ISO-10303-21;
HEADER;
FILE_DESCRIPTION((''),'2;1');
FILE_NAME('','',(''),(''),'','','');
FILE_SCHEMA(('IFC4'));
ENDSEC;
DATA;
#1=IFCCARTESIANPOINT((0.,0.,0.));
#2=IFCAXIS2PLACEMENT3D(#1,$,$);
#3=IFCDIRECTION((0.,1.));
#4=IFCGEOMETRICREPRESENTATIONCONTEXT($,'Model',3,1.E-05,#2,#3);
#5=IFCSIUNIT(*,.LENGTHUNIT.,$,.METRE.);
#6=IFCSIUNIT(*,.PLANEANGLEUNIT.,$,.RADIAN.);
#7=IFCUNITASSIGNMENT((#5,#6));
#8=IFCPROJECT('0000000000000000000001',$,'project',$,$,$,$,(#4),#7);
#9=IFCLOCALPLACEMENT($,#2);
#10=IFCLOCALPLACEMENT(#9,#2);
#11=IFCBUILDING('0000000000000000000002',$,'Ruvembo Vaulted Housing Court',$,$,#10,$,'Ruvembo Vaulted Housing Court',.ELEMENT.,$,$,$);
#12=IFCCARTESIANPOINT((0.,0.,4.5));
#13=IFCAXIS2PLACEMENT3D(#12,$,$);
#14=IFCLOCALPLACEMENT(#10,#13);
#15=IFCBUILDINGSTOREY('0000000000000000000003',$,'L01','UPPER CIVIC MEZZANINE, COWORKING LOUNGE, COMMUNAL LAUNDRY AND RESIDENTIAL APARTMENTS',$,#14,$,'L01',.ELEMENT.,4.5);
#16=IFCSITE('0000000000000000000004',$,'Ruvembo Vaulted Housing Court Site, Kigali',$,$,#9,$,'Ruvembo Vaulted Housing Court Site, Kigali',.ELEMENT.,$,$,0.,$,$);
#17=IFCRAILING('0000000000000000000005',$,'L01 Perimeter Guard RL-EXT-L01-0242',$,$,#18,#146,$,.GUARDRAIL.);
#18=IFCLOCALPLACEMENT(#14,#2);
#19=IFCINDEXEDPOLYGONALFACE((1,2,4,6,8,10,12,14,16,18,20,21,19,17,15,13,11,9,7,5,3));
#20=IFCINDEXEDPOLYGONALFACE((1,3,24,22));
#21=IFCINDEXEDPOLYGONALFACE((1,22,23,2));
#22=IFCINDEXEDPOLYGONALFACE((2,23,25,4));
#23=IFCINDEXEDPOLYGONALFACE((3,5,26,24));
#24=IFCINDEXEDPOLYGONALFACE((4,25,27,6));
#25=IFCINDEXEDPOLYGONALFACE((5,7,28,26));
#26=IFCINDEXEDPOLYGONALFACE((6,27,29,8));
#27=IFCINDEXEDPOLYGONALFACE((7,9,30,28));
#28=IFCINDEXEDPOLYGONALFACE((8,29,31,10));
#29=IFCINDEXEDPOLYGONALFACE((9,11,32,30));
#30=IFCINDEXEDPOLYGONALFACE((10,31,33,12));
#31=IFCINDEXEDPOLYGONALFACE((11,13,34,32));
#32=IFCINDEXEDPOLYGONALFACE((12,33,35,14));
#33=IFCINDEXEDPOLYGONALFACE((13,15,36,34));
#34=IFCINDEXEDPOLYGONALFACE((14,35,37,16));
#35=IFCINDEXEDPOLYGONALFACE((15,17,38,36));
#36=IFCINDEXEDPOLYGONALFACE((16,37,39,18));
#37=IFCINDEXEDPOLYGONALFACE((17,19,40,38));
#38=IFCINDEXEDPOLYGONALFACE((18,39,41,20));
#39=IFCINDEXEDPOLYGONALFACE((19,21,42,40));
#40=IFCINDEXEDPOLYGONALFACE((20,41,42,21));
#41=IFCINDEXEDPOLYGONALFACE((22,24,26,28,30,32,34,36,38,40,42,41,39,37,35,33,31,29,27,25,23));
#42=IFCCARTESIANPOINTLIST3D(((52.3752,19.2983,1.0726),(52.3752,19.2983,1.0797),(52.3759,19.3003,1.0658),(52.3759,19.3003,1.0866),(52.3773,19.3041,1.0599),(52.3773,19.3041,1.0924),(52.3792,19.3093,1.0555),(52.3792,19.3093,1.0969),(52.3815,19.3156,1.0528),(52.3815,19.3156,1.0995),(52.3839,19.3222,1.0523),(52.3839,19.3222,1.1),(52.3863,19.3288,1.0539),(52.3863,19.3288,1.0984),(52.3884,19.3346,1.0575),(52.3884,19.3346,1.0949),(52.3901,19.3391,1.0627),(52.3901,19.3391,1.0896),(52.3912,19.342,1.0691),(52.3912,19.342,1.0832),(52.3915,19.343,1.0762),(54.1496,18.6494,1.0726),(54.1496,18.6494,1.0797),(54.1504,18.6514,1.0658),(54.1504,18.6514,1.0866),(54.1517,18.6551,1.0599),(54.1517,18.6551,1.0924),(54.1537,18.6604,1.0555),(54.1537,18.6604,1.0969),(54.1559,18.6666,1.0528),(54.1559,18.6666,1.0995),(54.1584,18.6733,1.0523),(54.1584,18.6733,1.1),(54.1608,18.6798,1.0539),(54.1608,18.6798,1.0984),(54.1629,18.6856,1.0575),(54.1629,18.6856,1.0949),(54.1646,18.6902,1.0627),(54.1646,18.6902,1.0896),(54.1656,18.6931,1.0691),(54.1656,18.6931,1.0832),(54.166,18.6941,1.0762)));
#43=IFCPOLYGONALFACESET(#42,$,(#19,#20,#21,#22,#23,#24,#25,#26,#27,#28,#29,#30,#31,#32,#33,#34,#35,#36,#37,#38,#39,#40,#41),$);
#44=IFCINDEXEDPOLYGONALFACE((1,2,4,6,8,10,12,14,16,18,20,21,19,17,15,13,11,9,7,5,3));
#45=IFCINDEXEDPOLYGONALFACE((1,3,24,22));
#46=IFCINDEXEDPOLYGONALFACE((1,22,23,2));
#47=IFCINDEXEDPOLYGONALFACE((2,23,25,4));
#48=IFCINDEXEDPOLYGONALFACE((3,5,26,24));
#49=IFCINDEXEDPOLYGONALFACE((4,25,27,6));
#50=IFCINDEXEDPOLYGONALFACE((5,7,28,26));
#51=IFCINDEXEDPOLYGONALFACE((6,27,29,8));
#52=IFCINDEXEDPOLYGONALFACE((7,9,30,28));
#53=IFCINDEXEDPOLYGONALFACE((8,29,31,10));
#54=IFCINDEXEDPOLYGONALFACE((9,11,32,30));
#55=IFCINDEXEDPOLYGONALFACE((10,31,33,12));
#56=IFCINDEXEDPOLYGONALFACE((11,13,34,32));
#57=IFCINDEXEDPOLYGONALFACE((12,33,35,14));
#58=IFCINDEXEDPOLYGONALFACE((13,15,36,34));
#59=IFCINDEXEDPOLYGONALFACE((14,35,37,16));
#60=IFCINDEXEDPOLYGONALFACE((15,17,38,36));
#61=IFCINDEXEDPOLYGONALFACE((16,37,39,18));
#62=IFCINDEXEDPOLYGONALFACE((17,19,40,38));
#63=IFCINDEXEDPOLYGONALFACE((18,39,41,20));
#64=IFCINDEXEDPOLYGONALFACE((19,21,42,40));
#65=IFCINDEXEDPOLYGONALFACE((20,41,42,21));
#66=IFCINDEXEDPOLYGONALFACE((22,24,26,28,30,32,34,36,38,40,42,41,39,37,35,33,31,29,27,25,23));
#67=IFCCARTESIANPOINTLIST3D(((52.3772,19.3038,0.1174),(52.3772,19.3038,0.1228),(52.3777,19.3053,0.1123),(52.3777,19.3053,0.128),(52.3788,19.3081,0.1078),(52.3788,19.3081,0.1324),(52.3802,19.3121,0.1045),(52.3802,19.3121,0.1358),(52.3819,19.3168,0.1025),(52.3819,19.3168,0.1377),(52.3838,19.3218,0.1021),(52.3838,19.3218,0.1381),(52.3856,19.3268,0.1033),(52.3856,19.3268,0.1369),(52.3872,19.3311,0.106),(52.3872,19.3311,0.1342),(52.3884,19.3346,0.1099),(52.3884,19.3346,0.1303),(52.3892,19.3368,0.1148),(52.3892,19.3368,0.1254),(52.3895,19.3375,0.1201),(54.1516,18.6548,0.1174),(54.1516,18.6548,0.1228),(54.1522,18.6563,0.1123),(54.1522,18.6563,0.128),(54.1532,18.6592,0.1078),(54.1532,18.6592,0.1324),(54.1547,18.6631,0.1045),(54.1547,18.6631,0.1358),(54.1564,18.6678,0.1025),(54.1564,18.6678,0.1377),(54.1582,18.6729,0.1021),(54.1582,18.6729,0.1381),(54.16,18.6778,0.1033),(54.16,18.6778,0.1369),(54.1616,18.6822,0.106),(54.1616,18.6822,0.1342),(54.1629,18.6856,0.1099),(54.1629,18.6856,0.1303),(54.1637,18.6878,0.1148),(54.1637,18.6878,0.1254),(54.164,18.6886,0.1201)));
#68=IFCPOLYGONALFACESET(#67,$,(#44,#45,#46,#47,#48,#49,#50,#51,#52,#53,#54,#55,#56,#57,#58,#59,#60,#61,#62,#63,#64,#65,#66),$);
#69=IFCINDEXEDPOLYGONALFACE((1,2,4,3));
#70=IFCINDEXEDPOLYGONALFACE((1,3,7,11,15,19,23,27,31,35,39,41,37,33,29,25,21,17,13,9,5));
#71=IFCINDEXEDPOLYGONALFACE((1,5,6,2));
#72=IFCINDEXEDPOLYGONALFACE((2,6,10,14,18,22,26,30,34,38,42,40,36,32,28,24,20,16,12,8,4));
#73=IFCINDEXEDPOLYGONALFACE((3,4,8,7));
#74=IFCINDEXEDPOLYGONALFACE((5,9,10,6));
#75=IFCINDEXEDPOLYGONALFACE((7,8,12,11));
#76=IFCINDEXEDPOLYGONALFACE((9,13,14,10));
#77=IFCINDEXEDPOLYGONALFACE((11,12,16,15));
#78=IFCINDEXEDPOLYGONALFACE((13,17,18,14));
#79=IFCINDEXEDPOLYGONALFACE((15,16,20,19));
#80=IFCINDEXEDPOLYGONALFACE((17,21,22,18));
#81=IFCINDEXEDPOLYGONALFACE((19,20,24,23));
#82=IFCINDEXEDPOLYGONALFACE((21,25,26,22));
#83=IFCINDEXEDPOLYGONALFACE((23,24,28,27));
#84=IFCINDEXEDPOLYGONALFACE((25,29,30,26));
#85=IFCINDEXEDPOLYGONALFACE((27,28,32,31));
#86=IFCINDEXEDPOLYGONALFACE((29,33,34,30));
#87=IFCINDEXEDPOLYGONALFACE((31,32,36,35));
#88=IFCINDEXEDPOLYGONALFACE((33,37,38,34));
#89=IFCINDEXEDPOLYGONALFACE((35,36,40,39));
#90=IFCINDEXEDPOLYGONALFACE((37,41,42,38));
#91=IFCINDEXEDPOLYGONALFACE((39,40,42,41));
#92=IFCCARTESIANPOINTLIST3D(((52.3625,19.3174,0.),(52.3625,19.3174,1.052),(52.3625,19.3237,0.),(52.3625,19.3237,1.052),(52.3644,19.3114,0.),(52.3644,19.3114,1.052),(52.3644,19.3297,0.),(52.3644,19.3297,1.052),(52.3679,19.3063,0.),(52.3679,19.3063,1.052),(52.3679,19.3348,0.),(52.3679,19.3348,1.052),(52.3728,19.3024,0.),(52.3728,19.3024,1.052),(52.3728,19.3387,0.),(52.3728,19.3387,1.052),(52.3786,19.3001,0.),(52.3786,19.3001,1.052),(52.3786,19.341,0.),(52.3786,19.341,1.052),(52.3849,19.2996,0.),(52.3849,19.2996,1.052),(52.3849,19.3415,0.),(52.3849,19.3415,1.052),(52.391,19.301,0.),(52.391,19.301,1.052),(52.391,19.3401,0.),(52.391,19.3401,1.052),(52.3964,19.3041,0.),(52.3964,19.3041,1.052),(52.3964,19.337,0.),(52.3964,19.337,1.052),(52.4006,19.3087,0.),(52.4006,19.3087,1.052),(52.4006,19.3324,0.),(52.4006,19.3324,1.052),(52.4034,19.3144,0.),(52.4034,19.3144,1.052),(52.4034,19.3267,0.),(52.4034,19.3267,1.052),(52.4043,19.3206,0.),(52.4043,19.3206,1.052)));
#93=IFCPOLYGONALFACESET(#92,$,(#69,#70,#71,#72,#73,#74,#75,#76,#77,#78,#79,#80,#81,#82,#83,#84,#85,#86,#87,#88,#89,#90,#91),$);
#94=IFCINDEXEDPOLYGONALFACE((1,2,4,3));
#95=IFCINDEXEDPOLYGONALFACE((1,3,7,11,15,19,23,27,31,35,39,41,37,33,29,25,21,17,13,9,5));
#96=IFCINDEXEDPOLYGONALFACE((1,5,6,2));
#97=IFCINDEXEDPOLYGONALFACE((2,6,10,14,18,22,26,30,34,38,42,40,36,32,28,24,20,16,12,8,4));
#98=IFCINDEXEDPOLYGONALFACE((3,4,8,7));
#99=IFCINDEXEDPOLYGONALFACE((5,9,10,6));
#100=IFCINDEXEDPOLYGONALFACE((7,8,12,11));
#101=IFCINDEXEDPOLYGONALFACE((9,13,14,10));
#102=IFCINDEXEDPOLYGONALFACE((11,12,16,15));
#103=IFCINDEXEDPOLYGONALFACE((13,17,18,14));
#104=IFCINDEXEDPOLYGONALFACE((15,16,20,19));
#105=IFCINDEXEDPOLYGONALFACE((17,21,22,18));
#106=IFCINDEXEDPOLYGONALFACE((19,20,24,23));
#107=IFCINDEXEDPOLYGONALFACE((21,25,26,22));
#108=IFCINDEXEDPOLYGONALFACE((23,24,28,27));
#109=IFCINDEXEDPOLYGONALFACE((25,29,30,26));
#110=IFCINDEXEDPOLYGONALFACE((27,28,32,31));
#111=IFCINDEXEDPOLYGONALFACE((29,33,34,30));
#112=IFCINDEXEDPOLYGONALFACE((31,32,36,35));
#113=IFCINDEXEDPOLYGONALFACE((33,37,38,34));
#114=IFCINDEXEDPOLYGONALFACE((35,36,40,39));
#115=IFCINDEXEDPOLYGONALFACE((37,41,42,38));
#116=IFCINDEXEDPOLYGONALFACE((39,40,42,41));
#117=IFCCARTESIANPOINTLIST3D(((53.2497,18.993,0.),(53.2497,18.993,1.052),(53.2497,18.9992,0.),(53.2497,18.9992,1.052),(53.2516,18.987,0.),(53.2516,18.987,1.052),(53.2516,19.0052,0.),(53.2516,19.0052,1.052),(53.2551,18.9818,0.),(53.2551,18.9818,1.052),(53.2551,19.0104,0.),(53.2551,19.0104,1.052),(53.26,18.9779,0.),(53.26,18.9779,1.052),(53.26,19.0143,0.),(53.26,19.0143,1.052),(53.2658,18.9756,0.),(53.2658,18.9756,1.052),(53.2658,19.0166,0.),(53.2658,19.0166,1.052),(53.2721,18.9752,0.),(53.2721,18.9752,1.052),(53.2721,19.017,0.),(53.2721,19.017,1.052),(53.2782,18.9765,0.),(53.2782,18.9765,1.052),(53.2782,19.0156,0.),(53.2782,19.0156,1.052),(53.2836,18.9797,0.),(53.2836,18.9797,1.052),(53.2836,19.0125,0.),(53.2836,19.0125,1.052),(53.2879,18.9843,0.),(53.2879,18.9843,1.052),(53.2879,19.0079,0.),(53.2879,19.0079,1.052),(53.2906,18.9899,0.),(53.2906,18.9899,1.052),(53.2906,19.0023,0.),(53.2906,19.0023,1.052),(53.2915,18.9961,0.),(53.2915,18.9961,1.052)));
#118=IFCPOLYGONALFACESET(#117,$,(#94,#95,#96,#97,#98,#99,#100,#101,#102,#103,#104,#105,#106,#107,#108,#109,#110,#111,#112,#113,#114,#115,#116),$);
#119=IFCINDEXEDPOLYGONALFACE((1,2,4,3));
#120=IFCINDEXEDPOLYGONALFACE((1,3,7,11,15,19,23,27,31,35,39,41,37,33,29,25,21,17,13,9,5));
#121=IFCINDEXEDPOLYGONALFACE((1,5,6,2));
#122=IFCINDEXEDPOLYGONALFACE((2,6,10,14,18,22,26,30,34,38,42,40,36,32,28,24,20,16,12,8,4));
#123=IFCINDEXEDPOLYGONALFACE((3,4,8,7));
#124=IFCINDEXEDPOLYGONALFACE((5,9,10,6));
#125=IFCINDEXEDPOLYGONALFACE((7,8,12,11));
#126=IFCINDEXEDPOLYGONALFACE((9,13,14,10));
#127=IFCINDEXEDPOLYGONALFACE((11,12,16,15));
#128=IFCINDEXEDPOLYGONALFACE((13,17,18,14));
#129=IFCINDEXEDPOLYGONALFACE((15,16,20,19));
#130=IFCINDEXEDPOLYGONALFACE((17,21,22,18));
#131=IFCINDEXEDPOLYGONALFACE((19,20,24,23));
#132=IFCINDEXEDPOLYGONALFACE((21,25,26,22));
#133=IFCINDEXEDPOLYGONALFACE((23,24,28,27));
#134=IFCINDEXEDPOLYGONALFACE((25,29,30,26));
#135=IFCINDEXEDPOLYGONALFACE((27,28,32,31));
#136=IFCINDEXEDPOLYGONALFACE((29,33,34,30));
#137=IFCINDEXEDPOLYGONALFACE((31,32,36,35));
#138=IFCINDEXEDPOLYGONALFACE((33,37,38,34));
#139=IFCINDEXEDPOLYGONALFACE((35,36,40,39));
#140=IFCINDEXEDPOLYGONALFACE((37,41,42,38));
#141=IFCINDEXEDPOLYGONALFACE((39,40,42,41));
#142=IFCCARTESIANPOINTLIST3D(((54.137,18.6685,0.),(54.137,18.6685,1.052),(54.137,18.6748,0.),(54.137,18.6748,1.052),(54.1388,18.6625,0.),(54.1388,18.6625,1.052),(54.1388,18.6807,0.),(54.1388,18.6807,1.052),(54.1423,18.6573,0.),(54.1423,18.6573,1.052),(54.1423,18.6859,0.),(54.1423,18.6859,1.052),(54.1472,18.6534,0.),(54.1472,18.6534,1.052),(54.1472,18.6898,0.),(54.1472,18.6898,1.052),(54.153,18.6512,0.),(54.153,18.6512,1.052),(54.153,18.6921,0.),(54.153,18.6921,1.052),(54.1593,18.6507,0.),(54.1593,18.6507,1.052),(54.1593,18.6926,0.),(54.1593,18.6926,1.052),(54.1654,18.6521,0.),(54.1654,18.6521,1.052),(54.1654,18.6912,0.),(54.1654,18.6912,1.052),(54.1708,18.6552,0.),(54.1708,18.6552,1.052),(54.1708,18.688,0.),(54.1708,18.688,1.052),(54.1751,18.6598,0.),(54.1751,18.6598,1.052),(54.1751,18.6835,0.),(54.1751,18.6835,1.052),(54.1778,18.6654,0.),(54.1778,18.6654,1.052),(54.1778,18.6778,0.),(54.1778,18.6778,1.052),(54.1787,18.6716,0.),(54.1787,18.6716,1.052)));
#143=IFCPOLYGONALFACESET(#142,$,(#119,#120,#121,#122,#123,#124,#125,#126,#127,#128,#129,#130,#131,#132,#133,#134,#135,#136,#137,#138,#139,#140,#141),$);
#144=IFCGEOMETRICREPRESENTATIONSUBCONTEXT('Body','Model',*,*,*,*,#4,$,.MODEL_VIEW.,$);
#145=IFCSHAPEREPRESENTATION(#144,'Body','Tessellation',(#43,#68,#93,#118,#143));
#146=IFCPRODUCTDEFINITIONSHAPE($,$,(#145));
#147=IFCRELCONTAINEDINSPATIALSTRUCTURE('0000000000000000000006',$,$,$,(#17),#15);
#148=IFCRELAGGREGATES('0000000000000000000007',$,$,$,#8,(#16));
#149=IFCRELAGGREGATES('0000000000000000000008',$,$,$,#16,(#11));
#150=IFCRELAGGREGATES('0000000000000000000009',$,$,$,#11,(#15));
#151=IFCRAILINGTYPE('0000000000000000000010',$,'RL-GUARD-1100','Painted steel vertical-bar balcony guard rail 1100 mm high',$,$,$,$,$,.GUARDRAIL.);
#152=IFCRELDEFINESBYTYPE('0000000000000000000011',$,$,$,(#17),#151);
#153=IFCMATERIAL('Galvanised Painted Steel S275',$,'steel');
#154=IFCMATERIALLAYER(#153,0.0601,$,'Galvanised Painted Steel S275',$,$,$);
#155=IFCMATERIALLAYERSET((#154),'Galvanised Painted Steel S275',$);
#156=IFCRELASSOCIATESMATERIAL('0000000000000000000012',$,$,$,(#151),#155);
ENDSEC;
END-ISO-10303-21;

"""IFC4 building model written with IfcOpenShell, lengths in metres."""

from ifc_helpers import new_model, si_unit, direction, frame, origin, origin_2d, place, context, subcontext, project, spatial, circle, extrude, material, layer, layer_set, type_object, element, save


model = new_model("IFC4")

# Units and contexts
model_context = context("Model", 3, precision=1e-05, world=origin(), true_north=direction((0.0, 1.0)))
body_context = subcontext(model_context, "Body", "Model", "MODEL_VIEW")
ifc_project = project(units=[si_unit("LENGTHUNIT", "METRE"), si_unit("PLANEANGLEUNIT", "RADIAN")], contexts=[model_context])

# Site, building, storey
site_placement = place(None, origin())
site = spatial("IfcSite", under=ifc_project, at=site_placement, Name="Ruvembo Vaulted Housing Court Site, Kigali", LongName="Ruvembo Vaulted Housing Court Site, Kigali", CompositionType="ELEMENT", RefElevation=0.0)
building_placement = place(site_placement, origin())
building = spatial("IfcBuilding", under=site, at=building_placement, Name="Ruvembo Vaulted Housing Court", LongName="Ruvembo Vaulted Housing Court", CompositionType="ELEMENT")
storey_placement = place(building_placement, frame((0.0, 0.0, 4.5)))
storey = spatial("IfcBuildingStorey", under=building, at=storey_placement, Name="L01", Description="UPPER CIVIC MEZZANINE, COWORKING LOUNGE, COMMUNAL LAUNDRY AND RESIDENTIAL APARTMENTS", LongName="L01", CompositionType="ELEMENT", Elevation=4.5)

# Railing
ifc_material_1 = material(Name="Galvanised Painted Steel S275", Category="steel")
ifc_layer_1 = layer(ifc_material_1, 0.0601, Name="Galvanised Painted Steel S275")
ifc_layer_set_1 = layer_set([ifc_layer_1], Name="Galvanised Painted Steel S275")
railing_type = type_object("IfcRailingType", Name="RL-GUARD-1100", Description="Painted steel vertical-bar balcony guard rail 1100 mm high", PredefinedType="GUARDRAIL", material=ifc_layer_set_1)
railing_1_placement = place(storey_placement, frame((52.3833, 19.3206, 0.0)))
element("IfcRailing", 1, at=railing_1_placement, inside=storey, type_object=railing_type, Name="L01 Perimeter Guard RL-EXT-L01-0242", PredefinedType="GUARDRAIL", context=body_context, shape_type="SweptSolid", body=[
    extrude(circle(Radius=0.0239, at=origin_2d()), frame((0.0, 0.0, 1.0762), z_axis=(0.939166, -0.343465, 0.0), x_axis=(0.343465, 0.939166, 0.0)), (0.0, 0.0, 1.0), 1.8894),
    extrude(circle(Radius=0.0181, at=origin_2d()), frame((0.0, 0.0, 0.1201), z_axis=(0.939166, -0.343465, 0.0), x_axis=(0.343465, 0.939166, 0.0)), (0.0, 0.0, 1.0), 1.8894),
    extrude(circle(Radius=0.021, at=origin_2d()), origin(), (0.0, 0.0, 1.0), 1.052),
    extrude(circle(Radius=0.021, at=origin_2d()), frame((0.8872, -0.3245, 0.0)), (0.0, 0.0, 1.0), 1.052),
    extrude(circle(Radius=0.021, at=origin_2d()), frame((1.7744, -0.6489, 0.0)), (0.0, 0.0, 1.0), 1.052),
])

save(model, "model.ifc")
